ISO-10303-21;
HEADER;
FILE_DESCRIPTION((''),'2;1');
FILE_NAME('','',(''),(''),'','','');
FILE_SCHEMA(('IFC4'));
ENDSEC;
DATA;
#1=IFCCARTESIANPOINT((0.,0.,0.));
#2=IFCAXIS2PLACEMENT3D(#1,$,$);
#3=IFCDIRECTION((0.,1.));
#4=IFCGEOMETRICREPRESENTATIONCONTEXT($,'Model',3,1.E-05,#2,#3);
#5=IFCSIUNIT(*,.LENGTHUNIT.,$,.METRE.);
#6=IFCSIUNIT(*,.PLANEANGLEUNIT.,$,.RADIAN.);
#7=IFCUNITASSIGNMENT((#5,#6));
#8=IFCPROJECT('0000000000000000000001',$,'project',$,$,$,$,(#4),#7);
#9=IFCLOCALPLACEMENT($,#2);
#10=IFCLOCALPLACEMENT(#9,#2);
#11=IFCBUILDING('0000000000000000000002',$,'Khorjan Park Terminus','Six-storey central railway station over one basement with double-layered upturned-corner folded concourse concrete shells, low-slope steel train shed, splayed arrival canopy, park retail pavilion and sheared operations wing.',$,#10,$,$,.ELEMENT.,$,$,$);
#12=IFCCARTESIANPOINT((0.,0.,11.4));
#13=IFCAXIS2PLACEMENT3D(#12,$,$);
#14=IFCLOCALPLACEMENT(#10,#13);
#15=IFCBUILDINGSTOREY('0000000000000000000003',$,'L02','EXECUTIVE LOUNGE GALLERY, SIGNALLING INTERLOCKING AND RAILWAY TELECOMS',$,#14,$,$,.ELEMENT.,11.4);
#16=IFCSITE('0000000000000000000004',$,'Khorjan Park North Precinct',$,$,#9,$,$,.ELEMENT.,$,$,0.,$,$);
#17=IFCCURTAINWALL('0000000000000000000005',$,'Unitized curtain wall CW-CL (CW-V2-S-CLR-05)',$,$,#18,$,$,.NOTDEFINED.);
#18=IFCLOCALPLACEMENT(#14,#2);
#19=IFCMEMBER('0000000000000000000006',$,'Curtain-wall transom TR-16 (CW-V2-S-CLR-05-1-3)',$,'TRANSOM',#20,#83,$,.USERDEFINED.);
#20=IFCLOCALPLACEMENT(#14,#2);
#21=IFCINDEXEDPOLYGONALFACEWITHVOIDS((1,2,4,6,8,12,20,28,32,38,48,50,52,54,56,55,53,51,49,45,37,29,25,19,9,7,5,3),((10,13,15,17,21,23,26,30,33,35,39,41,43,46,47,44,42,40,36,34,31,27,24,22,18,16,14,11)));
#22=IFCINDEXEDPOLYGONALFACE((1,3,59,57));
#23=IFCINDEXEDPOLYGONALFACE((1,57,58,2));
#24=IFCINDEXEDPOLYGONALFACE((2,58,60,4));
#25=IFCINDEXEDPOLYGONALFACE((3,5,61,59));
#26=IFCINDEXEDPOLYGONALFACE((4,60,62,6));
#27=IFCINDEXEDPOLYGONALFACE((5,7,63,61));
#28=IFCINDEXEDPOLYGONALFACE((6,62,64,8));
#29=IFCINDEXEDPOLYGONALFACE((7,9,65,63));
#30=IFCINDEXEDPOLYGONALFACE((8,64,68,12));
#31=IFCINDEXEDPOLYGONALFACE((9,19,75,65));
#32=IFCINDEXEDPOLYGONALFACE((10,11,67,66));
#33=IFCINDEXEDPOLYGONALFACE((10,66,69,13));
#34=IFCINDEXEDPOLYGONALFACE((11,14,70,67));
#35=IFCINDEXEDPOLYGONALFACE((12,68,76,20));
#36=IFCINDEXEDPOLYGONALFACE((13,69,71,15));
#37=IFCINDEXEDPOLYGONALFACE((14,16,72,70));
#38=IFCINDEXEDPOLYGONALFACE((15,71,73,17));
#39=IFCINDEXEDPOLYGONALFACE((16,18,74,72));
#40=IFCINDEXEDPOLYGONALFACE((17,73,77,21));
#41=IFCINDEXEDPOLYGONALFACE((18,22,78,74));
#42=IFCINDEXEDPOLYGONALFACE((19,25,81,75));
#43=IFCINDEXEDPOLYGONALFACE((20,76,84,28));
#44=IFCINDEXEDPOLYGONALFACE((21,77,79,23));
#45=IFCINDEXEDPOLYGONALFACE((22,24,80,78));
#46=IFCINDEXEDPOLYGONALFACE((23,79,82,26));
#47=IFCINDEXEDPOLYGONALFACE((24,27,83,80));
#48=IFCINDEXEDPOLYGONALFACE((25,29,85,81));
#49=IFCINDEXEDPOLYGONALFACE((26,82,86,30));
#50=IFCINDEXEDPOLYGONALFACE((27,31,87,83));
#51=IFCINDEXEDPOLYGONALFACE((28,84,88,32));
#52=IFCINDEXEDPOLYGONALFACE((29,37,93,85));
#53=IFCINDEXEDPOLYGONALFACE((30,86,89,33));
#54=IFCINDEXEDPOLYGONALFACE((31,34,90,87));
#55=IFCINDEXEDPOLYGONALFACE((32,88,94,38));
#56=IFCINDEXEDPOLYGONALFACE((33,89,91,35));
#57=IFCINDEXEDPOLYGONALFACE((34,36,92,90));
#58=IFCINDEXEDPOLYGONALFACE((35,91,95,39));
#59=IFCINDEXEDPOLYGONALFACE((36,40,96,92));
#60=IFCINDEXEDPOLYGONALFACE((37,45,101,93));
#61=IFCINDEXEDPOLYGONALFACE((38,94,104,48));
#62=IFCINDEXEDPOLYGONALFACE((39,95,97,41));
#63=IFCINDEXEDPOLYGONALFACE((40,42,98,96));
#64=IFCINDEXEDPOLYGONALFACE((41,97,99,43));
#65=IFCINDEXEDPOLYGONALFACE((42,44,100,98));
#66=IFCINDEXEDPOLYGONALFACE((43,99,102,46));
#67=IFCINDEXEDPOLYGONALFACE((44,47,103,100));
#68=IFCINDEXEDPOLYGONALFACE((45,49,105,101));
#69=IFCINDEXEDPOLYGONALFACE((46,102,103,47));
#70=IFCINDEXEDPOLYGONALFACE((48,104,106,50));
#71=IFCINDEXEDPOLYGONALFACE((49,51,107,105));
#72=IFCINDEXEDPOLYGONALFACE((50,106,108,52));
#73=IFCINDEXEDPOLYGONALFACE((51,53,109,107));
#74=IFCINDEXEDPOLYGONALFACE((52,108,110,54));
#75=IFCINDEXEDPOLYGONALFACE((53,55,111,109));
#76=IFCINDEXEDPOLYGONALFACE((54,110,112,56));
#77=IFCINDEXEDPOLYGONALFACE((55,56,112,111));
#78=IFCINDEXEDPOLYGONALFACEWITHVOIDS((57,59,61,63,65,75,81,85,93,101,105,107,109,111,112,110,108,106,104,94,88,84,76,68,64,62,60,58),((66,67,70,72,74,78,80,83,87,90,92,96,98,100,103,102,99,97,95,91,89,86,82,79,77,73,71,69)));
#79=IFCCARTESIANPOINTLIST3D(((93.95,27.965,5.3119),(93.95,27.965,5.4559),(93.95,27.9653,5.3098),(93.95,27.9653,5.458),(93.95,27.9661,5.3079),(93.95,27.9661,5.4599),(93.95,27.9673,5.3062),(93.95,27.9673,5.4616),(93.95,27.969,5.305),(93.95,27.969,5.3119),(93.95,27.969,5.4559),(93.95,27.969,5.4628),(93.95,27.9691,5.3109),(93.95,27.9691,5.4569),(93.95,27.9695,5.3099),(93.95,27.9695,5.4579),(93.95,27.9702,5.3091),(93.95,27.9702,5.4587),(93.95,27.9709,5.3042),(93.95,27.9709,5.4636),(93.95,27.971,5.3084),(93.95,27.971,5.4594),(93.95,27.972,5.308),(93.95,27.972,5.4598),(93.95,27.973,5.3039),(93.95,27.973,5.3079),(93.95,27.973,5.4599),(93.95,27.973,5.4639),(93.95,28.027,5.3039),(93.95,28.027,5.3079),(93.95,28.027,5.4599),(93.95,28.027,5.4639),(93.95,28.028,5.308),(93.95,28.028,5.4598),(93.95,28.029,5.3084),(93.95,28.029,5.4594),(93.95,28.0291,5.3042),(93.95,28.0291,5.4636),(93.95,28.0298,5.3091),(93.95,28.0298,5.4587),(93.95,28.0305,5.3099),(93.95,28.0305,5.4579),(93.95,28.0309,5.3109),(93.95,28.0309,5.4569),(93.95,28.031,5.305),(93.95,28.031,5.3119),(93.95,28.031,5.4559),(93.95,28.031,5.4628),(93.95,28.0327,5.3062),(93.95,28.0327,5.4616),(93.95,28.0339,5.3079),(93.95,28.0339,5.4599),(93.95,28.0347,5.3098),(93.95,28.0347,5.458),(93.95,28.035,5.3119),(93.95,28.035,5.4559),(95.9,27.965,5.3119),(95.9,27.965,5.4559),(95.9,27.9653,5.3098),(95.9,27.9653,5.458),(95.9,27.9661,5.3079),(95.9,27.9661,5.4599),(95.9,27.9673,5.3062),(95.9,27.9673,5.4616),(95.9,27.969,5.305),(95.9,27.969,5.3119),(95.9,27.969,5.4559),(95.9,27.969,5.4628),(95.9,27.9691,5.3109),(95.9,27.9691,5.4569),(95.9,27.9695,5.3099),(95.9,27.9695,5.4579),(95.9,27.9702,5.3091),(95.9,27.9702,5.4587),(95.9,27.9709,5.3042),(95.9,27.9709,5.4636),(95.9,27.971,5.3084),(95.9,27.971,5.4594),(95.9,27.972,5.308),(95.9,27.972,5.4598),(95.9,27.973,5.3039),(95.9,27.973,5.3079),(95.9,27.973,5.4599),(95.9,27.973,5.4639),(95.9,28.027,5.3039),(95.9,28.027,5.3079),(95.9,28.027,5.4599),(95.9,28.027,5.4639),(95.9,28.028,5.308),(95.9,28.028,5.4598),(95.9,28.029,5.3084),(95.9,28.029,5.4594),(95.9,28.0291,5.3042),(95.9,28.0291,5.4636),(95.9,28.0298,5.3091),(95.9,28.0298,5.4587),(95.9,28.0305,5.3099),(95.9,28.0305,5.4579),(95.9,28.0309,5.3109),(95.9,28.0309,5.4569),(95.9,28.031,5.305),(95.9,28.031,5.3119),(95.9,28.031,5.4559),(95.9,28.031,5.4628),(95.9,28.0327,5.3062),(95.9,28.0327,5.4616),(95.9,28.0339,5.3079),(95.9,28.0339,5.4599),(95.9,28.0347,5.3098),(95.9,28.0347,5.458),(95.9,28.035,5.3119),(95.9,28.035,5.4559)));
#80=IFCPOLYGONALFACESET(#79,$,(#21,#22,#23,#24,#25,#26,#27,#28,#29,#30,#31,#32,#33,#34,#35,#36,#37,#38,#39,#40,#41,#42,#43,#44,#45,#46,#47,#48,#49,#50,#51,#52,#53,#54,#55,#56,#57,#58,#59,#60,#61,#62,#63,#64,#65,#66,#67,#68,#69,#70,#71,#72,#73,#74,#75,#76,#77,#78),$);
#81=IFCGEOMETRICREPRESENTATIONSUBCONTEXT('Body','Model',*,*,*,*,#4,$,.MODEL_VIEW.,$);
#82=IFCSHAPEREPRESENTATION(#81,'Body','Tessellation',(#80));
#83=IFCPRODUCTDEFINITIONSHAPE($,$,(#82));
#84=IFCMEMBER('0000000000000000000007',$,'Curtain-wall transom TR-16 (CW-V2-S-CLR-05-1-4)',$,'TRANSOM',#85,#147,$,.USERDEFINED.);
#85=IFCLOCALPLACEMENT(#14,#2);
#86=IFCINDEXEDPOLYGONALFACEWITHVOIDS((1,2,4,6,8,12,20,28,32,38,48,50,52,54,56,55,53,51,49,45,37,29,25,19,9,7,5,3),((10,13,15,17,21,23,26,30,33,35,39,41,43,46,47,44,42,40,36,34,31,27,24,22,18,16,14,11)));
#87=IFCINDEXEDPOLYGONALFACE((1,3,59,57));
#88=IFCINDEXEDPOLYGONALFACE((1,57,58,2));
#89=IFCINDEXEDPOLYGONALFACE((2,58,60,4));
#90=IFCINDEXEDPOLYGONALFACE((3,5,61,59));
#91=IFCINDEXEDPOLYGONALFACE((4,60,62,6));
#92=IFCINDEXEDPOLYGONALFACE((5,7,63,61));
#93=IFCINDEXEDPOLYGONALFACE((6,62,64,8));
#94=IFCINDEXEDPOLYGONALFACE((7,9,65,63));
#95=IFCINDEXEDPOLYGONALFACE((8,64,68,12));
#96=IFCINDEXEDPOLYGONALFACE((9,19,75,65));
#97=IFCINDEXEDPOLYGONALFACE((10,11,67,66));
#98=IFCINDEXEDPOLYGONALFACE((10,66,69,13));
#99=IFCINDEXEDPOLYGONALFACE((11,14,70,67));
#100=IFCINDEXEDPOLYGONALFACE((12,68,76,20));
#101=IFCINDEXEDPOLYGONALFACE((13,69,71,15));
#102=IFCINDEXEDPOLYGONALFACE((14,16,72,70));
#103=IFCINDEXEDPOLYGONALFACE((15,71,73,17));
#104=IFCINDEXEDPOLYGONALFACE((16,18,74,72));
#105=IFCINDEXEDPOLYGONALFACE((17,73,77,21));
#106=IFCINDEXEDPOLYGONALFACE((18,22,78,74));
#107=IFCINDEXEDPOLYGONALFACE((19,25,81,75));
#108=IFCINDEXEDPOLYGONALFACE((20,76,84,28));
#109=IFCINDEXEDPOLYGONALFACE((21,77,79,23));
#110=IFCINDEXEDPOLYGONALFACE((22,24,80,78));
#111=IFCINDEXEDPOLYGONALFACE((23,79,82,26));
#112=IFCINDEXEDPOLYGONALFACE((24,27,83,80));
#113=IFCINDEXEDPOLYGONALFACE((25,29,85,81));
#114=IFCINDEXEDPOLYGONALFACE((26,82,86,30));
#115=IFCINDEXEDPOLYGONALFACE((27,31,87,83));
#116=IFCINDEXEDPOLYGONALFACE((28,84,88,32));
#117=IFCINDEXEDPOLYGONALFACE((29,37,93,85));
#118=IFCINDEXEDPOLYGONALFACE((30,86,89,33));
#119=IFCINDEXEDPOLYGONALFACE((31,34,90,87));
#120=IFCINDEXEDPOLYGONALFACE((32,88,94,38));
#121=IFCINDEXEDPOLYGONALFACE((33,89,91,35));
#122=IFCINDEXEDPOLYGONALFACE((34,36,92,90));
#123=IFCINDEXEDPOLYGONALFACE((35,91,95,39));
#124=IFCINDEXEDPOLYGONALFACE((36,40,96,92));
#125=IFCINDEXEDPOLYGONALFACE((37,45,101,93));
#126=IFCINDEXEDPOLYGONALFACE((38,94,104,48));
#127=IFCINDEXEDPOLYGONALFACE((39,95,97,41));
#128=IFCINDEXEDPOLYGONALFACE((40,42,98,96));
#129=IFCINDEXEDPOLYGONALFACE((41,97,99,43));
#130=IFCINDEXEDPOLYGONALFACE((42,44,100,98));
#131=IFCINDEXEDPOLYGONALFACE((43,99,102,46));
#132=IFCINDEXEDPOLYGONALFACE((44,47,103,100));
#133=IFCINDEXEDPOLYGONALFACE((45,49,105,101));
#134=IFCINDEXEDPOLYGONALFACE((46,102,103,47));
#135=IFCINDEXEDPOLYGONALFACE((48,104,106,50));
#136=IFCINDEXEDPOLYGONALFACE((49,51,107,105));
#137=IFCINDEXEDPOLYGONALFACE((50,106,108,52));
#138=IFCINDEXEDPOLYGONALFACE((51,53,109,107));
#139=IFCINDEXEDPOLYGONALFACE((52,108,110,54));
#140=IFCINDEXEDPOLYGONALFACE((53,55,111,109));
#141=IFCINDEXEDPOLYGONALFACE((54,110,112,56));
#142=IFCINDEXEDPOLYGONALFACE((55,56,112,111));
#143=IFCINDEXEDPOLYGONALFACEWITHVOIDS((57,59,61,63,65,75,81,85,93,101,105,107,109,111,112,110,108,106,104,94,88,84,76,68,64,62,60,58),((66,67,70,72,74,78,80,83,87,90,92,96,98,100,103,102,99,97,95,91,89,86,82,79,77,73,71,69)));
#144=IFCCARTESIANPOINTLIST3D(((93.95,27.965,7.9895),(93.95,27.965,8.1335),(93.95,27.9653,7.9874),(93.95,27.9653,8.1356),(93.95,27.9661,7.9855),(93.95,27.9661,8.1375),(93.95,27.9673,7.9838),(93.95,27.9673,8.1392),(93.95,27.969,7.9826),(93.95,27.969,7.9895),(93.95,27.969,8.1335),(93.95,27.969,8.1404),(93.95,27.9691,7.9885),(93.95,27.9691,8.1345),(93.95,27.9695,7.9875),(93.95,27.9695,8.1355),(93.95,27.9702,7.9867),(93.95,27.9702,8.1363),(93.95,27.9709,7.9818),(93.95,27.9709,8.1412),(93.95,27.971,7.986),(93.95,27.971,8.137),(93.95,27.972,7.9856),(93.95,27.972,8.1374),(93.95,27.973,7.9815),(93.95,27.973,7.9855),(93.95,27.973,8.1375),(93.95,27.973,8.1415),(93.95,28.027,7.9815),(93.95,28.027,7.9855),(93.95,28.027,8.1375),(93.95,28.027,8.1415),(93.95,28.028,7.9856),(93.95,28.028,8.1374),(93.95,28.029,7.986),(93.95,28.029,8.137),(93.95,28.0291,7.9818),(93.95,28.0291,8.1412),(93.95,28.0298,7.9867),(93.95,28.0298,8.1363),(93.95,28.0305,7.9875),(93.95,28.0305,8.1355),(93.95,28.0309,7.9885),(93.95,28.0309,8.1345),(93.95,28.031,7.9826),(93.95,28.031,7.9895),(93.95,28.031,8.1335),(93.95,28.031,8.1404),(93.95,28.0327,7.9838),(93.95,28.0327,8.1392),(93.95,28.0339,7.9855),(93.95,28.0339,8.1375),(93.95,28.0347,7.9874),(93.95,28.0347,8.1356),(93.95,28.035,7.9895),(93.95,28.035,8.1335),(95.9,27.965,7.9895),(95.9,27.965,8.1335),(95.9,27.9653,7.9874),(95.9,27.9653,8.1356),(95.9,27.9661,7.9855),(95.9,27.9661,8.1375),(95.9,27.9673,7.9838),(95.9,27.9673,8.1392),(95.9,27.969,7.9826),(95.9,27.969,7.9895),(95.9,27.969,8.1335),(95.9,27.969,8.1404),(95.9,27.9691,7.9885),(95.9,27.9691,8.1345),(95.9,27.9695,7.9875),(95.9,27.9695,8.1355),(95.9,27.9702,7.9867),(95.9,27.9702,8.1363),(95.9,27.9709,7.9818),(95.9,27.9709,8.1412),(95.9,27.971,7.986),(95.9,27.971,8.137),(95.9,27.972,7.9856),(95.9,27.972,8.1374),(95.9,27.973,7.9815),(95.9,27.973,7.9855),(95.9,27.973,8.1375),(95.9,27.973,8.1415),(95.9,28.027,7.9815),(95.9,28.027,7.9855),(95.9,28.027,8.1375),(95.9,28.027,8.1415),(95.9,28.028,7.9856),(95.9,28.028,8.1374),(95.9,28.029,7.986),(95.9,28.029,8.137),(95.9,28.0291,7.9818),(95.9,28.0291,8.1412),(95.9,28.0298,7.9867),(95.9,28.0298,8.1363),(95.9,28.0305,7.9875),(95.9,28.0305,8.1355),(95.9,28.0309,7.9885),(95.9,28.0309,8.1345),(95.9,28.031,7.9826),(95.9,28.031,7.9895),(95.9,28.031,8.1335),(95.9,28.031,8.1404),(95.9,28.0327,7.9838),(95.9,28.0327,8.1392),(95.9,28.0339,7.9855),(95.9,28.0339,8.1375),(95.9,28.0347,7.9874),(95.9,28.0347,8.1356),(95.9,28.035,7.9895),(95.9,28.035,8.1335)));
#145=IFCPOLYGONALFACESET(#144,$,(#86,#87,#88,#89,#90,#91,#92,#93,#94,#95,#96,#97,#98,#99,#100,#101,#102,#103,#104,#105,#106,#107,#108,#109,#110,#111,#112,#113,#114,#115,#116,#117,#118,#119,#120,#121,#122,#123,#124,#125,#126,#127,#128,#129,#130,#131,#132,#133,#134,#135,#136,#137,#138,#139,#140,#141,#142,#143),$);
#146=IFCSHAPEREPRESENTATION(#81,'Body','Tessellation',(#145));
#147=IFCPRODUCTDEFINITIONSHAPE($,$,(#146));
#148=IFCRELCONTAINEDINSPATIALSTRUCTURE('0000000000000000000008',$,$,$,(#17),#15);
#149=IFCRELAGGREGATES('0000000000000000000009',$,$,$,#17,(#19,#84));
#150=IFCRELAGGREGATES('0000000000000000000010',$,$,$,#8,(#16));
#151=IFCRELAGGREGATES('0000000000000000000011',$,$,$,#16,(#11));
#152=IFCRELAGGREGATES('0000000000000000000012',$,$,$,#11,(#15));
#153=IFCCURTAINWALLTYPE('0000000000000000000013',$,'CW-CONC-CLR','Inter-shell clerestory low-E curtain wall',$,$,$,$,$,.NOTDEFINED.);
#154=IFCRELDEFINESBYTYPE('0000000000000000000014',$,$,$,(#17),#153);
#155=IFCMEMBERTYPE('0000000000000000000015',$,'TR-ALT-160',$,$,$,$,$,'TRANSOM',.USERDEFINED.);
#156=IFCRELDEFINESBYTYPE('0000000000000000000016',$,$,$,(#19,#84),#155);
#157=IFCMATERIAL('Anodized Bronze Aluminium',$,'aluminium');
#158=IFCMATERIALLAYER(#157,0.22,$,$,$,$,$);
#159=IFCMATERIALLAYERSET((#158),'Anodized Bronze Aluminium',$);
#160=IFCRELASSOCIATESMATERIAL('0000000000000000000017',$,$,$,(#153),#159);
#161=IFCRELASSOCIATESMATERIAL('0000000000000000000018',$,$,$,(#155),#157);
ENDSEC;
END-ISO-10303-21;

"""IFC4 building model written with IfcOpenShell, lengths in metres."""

from ifc_helpers import new_model, si_unit, direction, frame, origin, origin_2d, place, context, subcontext, project, spatial, hollow_rectangle, extrude, material, layer, layer_set, material_profile, profile_set, type_object, element, aggregate, save


model = new_model("IFC4")

# Units and contexts
model_context = context("Model", 3, precision=1e-05, world=origin(), true_north=direction((0.0, 1.0)))
body_context = subcontext(model_context, "Body", "Model", "MODEL_VIEW")
ifc_project = project(units=[si_unit("LENGTHUNIT", "METRE"), si_unit("PLANEANGLEUNIT", "RADIAN")], contexts=[model_context])

# Site, building, storey
site_placement = place(None, origin())
site = spatial("IfcSite", under=ifc_project, at=site_placement, Name="Khorjan Park North Precinct", CompositionType="ELEMENT", RefElevation=0.0)
building_placement = place(site_placement, origin())
building = spatial("IfcBuilding", under=site, at=building_placement, Name="Khorjan Park Terminus", Description="Six-storey central railway station over one basement with double-layered upturned-corner folded concourse concrete shells, low-slope steel train shed, splayed arrival canopy, park retail pavilion and sheared operations wing.", CompositionType="ELEMENT")
storey_placement = place(building_placement, frame((0.0, 0.0, 11.4)))
storey = spatial("IfcBuildingStorey", under=building, at=storey_placement, Name="L02", Description="EXECUTIVE LOUNGE GALLERY, SIGNALLING INTERLOCKING AND RAILWAY TELECOMS", CompositionType="ELEMENT", Elevation=11.4)

# Curtain wall
ifc_material_1 = material(Name="Anodized Bronze Aluminium", Category="aluminium")
ifc_layer_1 = layer(ifc_material_1, 0.22)
ifc_layer_set_1 = layer_set([ifc_layer_1], Name="Anodized Bronze Aluminium")
curtain_wall_type = type_object("IfcCurtainWallType", Name="CW-CONC-CLR", Description="Inter-shell clerestory low-E curtain wall", PredefinedType="NOTDEFINED", material=ifc_layer_set_1)
curtain_wall_1_placement = place(storey_placement, origin())
curtain_wall_1 = element("IfcCurtainWall", 1, at=curtain_wall_1_placement, inside=storey, type_object=curtain_wall_type, Name="Unitized curtain wall CW-CL (CW-V2-S-CLR-05)", PredefinedType="NOTDEFINED")

# Members
ifc_material_profile_1 = material_profile(ifc_material_1, hollow_rectangle(XDim=0.07, YDim=0.16, WallThickness=0.004, InnerFilletRadius=0.004, OuterFilletRadius=0.008, at=origin_2d()), Name="ALT 70x160x4")
ifc_profile_set_1 = profile_set([ifc_material_profile_1], Name="Anodized Bronze Aluminium")
member_type_1 = type_object("IfcMemberType", Name="TR-ALT-160", ElementType="TRANSOM", PredefinedType="USERDEFINED", material=ifc_profile_set_1)
member_1_placement = place(storey_placement, frame((93.95, 28.0, 5.3839), z_axis=(1.0, 0.0, 0.0), x_axis=(0.0, 1.0, 0.0)))
member_1 = element("IfcMember", 2, at=member_1_placement, type_object=member_type_1, Name="Curtain-wall transom TR-16 (CW-V2-S-CLR-05-1-3)", ObjectType="TRANSOM", PredefinedType="USERDEFINED", context=body_context, shape_type="SweptSolid", body=[
    extrude(hollow_rectangle(XDim=0.07, YDim=0.16, WallThickness=0.004, InnerFilletRadius=0.004, OuterFilletRadius=0.008, at=origin_2d()), origin(), (0.0, 0.0, 1.0), 1.95),
])
member_2_placement = place(storey_placement, frame((93.95, 28.0, 8.0615), z_axis=(1.0, 0.0, 0.0), x_axis=(0.0, 1.0, 0.0)))
member_2 = element("IfcMember", 3, at=member_2_placement, type_object=member_type_1, Name="Curtain-wall transom TR-16 (CW-V2-S-CLR-05-1-4)", ObjectType="TRANSOM", PredefinedType="USERDEFINED", context=body_context, shape_type="SweptSolid", body=[
    extrude(hollow_rectangle(XDim=0.07, YDim=0.16, WallThickness=0.004, InnerFilletRadius=0.004, OuterFilletRadius=0.008, at=origin_2d()), origin(), (0.0, 0.0, 1.0), 1.95),
])

aggregate(curtain_wall_1, [member_1, member_2])

save(model, "model.ifc")
